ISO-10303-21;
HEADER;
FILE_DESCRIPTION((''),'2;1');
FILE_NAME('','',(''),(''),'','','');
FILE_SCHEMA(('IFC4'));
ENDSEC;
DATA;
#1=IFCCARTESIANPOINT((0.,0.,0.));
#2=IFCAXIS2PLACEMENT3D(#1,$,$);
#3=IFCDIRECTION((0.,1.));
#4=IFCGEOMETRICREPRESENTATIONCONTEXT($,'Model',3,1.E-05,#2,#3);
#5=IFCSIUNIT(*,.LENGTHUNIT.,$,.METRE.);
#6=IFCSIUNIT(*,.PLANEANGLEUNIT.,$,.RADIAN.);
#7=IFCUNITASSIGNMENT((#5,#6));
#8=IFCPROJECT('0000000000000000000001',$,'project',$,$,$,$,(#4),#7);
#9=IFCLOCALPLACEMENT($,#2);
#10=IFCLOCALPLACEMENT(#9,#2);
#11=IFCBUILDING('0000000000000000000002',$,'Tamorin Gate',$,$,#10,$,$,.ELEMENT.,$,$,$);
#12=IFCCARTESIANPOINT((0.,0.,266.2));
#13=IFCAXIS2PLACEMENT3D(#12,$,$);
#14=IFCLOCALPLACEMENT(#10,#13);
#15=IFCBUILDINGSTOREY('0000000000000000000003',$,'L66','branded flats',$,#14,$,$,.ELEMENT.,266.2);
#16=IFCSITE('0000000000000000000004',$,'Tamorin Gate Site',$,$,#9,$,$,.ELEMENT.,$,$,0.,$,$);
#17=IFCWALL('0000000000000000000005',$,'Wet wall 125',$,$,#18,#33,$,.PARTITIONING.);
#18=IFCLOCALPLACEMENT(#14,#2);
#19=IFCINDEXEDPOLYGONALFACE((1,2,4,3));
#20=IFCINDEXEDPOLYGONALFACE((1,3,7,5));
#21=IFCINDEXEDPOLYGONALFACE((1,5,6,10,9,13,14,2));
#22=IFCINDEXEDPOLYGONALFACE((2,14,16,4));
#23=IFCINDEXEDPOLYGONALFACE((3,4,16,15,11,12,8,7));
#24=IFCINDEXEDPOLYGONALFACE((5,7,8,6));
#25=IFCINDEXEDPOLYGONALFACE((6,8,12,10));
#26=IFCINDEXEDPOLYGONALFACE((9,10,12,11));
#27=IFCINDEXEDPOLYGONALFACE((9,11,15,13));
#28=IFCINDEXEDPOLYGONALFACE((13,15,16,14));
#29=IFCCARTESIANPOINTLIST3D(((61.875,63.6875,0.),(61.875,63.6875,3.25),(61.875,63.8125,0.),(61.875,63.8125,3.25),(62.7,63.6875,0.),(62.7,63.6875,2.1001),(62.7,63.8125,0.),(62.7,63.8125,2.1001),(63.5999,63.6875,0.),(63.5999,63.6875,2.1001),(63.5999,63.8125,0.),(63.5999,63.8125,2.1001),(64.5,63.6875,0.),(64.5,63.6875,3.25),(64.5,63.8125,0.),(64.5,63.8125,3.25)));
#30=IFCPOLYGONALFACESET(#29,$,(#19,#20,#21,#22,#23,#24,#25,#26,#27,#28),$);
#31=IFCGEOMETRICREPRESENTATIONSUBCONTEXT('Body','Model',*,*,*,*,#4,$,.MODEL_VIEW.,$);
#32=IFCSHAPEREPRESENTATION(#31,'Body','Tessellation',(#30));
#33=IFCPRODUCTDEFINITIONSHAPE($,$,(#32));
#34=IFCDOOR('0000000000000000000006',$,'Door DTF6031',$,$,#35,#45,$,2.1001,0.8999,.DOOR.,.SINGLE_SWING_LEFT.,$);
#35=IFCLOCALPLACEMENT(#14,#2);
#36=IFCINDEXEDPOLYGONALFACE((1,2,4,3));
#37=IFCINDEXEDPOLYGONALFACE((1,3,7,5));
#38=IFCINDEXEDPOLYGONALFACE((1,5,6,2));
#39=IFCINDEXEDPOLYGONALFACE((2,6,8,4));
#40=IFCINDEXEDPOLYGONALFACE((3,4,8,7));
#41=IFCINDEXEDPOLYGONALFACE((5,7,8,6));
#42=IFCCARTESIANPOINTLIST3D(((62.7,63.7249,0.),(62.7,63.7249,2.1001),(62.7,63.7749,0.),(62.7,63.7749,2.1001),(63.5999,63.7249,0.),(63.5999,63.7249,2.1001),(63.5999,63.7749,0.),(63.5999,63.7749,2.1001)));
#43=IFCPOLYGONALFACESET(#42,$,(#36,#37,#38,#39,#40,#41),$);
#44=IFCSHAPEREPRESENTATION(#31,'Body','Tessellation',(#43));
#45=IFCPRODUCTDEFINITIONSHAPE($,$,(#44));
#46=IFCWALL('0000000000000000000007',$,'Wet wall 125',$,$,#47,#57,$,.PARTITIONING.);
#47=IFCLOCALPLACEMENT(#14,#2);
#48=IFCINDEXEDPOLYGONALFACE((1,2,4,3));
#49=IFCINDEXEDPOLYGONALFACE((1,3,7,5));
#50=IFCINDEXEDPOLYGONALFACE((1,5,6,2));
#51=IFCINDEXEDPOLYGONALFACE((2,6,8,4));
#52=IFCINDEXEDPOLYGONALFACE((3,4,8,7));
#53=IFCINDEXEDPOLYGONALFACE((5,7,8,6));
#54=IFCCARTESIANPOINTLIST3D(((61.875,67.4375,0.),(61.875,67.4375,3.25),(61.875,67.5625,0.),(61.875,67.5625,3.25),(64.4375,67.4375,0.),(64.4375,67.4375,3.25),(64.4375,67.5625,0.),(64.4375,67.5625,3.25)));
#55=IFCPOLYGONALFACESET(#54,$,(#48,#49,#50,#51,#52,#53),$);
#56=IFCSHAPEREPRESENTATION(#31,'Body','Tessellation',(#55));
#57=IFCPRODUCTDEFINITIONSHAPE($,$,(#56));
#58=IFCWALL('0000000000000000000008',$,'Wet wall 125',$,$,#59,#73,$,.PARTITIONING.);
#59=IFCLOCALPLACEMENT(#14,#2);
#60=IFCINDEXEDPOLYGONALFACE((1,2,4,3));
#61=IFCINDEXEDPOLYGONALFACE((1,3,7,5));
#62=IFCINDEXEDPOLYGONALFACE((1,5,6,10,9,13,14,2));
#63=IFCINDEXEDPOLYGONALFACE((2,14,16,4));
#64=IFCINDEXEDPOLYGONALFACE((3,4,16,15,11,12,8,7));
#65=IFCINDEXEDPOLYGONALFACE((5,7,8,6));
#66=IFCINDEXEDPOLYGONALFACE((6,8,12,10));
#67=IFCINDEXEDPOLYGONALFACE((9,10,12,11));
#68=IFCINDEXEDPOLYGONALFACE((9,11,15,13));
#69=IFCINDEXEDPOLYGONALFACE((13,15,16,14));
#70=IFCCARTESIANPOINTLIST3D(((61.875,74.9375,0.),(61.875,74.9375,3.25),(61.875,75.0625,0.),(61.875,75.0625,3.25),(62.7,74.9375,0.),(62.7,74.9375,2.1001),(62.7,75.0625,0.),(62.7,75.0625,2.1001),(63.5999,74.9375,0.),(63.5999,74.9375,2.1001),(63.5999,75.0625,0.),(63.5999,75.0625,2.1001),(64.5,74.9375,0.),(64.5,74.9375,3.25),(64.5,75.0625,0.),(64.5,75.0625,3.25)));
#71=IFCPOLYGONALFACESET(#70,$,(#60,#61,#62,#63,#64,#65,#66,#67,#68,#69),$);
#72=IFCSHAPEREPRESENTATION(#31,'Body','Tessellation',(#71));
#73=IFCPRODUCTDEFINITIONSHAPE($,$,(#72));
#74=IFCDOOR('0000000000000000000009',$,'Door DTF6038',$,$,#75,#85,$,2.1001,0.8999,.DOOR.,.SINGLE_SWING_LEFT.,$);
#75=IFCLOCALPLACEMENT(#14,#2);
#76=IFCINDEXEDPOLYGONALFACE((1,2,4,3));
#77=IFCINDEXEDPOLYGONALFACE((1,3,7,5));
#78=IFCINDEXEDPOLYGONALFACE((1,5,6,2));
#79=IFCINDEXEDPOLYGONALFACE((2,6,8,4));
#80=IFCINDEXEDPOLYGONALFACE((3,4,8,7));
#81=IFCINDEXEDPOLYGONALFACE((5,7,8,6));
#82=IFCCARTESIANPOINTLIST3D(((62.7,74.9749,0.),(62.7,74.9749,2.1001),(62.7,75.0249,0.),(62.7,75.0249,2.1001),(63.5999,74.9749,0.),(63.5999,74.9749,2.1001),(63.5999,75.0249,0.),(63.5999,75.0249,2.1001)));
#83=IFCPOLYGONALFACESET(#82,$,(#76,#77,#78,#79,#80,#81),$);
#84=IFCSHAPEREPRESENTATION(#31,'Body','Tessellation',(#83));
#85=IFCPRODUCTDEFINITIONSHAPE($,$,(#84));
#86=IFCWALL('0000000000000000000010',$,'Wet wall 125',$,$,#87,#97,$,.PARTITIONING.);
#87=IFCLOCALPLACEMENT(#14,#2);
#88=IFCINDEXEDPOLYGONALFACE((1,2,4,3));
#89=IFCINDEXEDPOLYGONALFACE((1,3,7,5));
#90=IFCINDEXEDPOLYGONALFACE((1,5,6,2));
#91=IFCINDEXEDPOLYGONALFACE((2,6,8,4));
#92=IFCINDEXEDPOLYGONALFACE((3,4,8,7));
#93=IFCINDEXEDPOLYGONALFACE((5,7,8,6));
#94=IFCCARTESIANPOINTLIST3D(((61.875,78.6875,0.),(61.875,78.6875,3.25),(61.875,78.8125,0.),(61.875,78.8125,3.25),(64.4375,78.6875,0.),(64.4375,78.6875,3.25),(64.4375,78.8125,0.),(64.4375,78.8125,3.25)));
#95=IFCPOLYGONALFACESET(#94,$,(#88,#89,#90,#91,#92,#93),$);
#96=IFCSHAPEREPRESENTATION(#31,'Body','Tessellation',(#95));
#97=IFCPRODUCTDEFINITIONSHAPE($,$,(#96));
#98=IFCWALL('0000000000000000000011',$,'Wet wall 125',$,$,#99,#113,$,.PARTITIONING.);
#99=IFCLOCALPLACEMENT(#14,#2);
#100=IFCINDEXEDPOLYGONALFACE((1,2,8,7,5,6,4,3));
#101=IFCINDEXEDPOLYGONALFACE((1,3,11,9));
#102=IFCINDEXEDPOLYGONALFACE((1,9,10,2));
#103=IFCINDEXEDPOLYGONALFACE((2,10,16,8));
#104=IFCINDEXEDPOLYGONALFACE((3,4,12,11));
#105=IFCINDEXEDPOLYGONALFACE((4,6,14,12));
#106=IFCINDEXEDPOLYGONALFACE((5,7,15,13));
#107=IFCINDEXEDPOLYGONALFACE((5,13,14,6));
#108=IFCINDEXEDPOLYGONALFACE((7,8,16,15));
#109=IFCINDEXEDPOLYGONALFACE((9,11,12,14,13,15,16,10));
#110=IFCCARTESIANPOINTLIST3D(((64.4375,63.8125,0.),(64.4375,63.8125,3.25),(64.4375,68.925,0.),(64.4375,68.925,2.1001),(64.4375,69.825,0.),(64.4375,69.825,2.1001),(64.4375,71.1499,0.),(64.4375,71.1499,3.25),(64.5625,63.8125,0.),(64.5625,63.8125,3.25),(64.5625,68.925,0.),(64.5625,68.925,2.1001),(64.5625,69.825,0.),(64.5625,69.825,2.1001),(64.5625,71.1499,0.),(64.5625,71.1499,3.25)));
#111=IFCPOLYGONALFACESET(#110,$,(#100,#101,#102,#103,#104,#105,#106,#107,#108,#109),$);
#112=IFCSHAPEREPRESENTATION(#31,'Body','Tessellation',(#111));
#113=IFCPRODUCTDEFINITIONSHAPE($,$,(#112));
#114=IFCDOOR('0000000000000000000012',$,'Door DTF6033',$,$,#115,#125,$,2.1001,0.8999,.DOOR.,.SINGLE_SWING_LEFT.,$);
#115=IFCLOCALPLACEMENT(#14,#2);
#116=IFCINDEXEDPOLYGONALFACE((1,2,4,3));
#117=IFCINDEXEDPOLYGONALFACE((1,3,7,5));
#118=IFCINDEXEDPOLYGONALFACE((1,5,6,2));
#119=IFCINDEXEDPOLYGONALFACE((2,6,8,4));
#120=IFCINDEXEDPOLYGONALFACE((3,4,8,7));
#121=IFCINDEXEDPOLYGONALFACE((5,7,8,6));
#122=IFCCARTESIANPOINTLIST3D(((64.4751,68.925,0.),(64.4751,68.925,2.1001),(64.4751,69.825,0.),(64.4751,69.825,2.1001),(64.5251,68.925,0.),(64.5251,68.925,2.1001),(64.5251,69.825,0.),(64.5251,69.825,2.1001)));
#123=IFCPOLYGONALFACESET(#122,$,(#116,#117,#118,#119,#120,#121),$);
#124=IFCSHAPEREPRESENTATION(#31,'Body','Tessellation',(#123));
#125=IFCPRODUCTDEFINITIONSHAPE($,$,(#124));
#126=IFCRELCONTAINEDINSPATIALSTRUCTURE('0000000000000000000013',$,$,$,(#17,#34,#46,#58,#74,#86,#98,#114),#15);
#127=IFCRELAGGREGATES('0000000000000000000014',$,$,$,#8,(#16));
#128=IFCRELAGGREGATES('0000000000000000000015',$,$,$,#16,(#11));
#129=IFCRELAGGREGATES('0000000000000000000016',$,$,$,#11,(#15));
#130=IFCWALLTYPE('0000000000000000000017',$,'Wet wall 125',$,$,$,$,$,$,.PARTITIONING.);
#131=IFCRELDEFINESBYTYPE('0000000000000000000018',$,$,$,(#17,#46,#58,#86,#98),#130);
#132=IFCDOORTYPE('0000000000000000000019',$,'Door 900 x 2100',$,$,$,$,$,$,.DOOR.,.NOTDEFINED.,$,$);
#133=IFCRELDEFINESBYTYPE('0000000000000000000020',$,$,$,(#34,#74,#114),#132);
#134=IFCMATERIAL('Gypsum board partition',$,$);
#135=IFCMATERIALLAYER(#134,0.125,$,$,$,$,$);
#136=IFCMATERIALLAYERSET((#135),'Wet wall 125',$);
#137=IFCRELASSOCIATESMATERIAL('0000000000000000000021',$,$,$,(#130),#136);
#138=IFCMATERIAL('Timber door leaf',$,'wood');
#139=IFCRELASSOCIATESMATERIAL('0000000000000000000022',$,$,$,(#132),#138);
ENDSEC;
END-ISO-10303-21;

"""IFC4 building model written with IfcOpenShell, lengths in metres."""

from ifc_helpers import new_model, si_unit, direction, frame, frame_2d, origin, place, context, subcontext, project, spatial, rectangle, extrude, material, layer, layer_set, type_object, element, fill, save


model = new_model("IFC4")

# Units and contexts
model_context = context("Model", 3, precision=1e-05, world=origin(), true_north=direction((0.0, 1.0)))
body_context = subcontext(model_context, "Body", "Model", "MODEL_VIEW")
ifc_project = project(units=[si_unit("LENGTHUNIT", "METRE"), si_unit("PLANEANGLEUNIT", "RADIAN")], contexts=[model_context])

# Site, building, storey
site_placement = place(None, origin())
site = spatial("IfcSite", under=ifc_project, at=site_placement, Name="Tamorin Gate Site", CompositionType="ELEMENT", RefElevation=0.0)
building_placement = place(site_placement, origin())
building = spatial("IfcBuilding", under=site, at=building_placement, Name="Tamorin Gate", CompositionType="ELEMENT")
storey_placement = place(building_placement, frame((0.0, 0.0, 266.2)))
storey = spatial("IfcBuildingStorey", under=building, at=storey_placement, Name="L66", Description="branded flats", CompositionType="ELEMENT", Elevation=266.2)

# Shared definitions
ifc_material_1 = material(Name="Gypsum board partition")

# Wall, opening, door
ifc_layer_1 = layer(ifc_material_1, 0.125)
ifc_layer_set_1 = layer_set([ifc_layer_1], Name="Wet wall 125")
wall_type_1 = type_object("IfcWallType", Name="Wet wall 125", PredefinedType="PARTITIONING", material=ifc_layer_set_1)
wall_1_placement = place(storey_placement, frame((61.875, 63.75, 0.0), z_axis=(0.0, 0.0, 1.0), x_axis=(1.0, 0.0, 0.0)))
wall_1 = element("IfcWall", 1, at=wall_1_placement, inside=storey, type_object=wall_type_1, Name="Wet wall 125", PredefinedType="PARTITIONING", context=body_context, shape_type="SweptSolid", body=[
    extrude(rectangle(XDim=2.625, YDim=0.125, at=frame_2d((1.3125, 0.0))), origin(), (0.0, 0.0, 1.0), 3.25),
])
opening_1_placement = place(wall_1_placement, frame((0.825, 0.0, 0.0)))
opening_1 = element("IfcOpeningElement", 2, at=opening_1_placement, cuts=wall_1, PredefinedType="OPENING", context=body_context, shape_type="SweptSolid", body=[
    extrude(rectangle(XDim=0.8999, YDim=2.1001, at=frame_2d((0.45, 1.05))), frame((0.0, 0.0725, 0.0), z_axis=(0.0, -1.0, 0.0), x_axis=(1.0, 0.0, 0.0)), (0.0, 0.0, 1.0), 0.145),
])
ifc_material_2 = material(Name="Timber door leaf", Category="wood")
door_type_1 = type_object("IfcDoorType", Name="Door 900 x 2100", OperationType="NOTDEFINED", PredefinedType="DOOR", material=ifc_material_2)
door_1_placement = place(opening_1_placement, origin())
door_1 = element("IfcDoor", 3, at=door_1_placement, inside=storey, type_object=door_type_1, Name="Door DTF6031", OperationType="SINGLE_SWING_LEFT", OverallHeight=2.1001, OverallWidth=0.8999, PredefinedType="DOOR", context=body_context, shape_type="SweptSolid", body=[
    extrude(rectangle(XDim=0.8999, YDim=2.1001, at=frame_2d((0.45, 1.05))), frame((0.0, 0.0249, 0.0), z_axis=(0.0, -1.0, 0.0), x_axis=(1.0, 0.0, 0.0)), (0.0, 0.0, 1.0), 0.05),
])
fill(opening_1, door_1)

# Wall
wall_2_placement = place(storey_placement, frame((61.875, 67.5, 0.0), z_axis=(0.0, 0.0, 1.0), x_axis=(1.0, 0.0, 0.0)))
element("IfcWall", 4, at=wall_2_placement, inside=storey, type_object=wall_type_1, Name="Wet wall 125", PredefinedType="PARTITIONING", context=body_context, shape_type="SweptSolid", body=[
    extrude(rectangle(XDim=2.5625, YDim=0.125, at=frame_2d((1.2812, 0.0))), origin(), (0.0, 0.0, 1.0), 3.25),
])

# Wall, opening, door
wall_3_placement = place(storey_placement, frame((61.875, 75.0, 0.0), z_axis=(0.0, 0.0, 1.0), x_axis=(1.0, 0.0, 0.0)))
wall_3 = element("IfcWall", 5, at=wall_3_placement, inside=storey, type_object=wall_type_1, Name="Wet wall 125", PredefinedType="PARTITIONING", context=body_context, shape_type="SweptSolid", body=[
    extrude(rectangle(XDim=2.625, YDim=0.125, at=frame_2d((1.3125, 0.0))), origin(), (0.0, 0.0, 1.0), 3.25),
])
opening_2_placement = place(wall_3_placement, frame((0.825, 0.0, 0.0)))
opening_2 = element("IfcOpeningElement", 6, at=opening_2_placement, cuts=wall_3, PredefinedType="OPENING", context=body_context, shape_type="SweptSolid", body=[
    extrude(rectangle(XDim=0.8999, YDim=2.1001, at=frame_2d((0.45, 1.05))), frame((0.0, 0.0725, 0.0), z_axis=(0.0, -1.0, 0.0), x_axis=(1.0, 0.0, 0.0)), (0.0, 0.0, 1.0), 0.145),
])
door_2_placement = place(opening_2_placement, origin())
door_2 = element("IfcDoor", 7, at=door_2_placement, inside=storey, type_object=door_type_1, Name="Door DTF6038", OperationType="SINGLE_SWING_LEFT", OverallHeight=2.1001, OverallWidth=0.8999, PredefinedType="DOOR", context=body_context, shape_type="SweptSolid", body=[
    extrude(rectangle(XDim=0.8999, YDim=2.1001, at=frame_2d((0.45, 1.05))), frame((0.0, 0.0249, 0.0), z_axis=(0.0, -1.0, 0.0), x_axis=(1.0, 0.0, 0.0)), (0.0, 0.0, 1.0), 0.05),
])
fill(opening_2, door_2)

# Wall
wall_4_placement = place(storey_placement, frame((61.875, 78.75, 0.0), z_axis=(0.0, 0.0, 1.0), x_axis=(1.0, 0.0, 0.0)))
element("IfcWall", 8, at=wall_4_placement, inside=storey, type_object=wall_type_1, Name="Wet wall 125", PredefinedType="PARTITIONING", context=body_context, shape_type="SweptSolid", body=[
    extrude(rectangle(XDim=2.5625, YDim=0.125, at=frame_2d((1.2812, 0.0))), origin(), (0.0, 0.0, 1.0), 3.25),
])

# Wall, opening, door
wall_5_placement = place(storey_placement, frame((64.5, 63.8125, 0.0), z_axis=(0.0, 0.0, 1.0), x_axis=(0.0, 1.0, 0.0)))
wall_5 = element("IfcWall", 9, at=wall_5_placement, inside=storey, type_object=wall_type_1, Name="Wet wall 125", PredefinedType="PARTITIONING", context=body_context, shape_type="SweptSolid", body=[
    extrude(rectangle(XDim=7.3374, YDim=0.125, at=frame_2d((3.6687, 0.0))), origin(), (0.0, 0.0, 1.0), 3.25),
])
opening_3_placement = place(wall_5_placement, frame((5.1125, 0.0, 0.0)))
opening_3 = element("IfcOpeningElement", 10, at=opening_3_placement, cuts=wall_5, PredefinedType="OPENING", context=body_context, shape_type="SweptSolid", body=[
    extrude(rectangle(XDim=0.8999, YDim=2.1001, at=frame_2d((0.45, 1.05))), frame((0.0, 0.0725, 0.0), z_axis=(0.0, -1.0, 0.0), x_axis=(1.0, 0.0, 0.0)), (0.0, 0.0, 1.0), 0.145),
])
door_3_placement = place(opening_3_placement, origin())
door_3 = element("IfcDoor", 11, at=door_3_placement, inside=storey, type_object=door_type_1, Name="Door DTF6033", OperationType="SINGLE_SWING_LEFT", OverallHeight=2.1001, OverallWidth=0.8999, PredefinedType="DOOR", context=body_context, shape_type="SweptSolid", body=[
    extrude(rectangle(XDim=0.8999, YDim=2.1001, at=frame_2d((0.45, 1.05))), frame((0.0, 0.0249, 0.0), z_axis=(0.0, -1.0, 0.0), x_axis=(1.0, 0.0, 0.0)), (0.0, 0.0, 1.0), 0.05),
])
fill(opening_3, door_3)

save(model, "model.ifc")
